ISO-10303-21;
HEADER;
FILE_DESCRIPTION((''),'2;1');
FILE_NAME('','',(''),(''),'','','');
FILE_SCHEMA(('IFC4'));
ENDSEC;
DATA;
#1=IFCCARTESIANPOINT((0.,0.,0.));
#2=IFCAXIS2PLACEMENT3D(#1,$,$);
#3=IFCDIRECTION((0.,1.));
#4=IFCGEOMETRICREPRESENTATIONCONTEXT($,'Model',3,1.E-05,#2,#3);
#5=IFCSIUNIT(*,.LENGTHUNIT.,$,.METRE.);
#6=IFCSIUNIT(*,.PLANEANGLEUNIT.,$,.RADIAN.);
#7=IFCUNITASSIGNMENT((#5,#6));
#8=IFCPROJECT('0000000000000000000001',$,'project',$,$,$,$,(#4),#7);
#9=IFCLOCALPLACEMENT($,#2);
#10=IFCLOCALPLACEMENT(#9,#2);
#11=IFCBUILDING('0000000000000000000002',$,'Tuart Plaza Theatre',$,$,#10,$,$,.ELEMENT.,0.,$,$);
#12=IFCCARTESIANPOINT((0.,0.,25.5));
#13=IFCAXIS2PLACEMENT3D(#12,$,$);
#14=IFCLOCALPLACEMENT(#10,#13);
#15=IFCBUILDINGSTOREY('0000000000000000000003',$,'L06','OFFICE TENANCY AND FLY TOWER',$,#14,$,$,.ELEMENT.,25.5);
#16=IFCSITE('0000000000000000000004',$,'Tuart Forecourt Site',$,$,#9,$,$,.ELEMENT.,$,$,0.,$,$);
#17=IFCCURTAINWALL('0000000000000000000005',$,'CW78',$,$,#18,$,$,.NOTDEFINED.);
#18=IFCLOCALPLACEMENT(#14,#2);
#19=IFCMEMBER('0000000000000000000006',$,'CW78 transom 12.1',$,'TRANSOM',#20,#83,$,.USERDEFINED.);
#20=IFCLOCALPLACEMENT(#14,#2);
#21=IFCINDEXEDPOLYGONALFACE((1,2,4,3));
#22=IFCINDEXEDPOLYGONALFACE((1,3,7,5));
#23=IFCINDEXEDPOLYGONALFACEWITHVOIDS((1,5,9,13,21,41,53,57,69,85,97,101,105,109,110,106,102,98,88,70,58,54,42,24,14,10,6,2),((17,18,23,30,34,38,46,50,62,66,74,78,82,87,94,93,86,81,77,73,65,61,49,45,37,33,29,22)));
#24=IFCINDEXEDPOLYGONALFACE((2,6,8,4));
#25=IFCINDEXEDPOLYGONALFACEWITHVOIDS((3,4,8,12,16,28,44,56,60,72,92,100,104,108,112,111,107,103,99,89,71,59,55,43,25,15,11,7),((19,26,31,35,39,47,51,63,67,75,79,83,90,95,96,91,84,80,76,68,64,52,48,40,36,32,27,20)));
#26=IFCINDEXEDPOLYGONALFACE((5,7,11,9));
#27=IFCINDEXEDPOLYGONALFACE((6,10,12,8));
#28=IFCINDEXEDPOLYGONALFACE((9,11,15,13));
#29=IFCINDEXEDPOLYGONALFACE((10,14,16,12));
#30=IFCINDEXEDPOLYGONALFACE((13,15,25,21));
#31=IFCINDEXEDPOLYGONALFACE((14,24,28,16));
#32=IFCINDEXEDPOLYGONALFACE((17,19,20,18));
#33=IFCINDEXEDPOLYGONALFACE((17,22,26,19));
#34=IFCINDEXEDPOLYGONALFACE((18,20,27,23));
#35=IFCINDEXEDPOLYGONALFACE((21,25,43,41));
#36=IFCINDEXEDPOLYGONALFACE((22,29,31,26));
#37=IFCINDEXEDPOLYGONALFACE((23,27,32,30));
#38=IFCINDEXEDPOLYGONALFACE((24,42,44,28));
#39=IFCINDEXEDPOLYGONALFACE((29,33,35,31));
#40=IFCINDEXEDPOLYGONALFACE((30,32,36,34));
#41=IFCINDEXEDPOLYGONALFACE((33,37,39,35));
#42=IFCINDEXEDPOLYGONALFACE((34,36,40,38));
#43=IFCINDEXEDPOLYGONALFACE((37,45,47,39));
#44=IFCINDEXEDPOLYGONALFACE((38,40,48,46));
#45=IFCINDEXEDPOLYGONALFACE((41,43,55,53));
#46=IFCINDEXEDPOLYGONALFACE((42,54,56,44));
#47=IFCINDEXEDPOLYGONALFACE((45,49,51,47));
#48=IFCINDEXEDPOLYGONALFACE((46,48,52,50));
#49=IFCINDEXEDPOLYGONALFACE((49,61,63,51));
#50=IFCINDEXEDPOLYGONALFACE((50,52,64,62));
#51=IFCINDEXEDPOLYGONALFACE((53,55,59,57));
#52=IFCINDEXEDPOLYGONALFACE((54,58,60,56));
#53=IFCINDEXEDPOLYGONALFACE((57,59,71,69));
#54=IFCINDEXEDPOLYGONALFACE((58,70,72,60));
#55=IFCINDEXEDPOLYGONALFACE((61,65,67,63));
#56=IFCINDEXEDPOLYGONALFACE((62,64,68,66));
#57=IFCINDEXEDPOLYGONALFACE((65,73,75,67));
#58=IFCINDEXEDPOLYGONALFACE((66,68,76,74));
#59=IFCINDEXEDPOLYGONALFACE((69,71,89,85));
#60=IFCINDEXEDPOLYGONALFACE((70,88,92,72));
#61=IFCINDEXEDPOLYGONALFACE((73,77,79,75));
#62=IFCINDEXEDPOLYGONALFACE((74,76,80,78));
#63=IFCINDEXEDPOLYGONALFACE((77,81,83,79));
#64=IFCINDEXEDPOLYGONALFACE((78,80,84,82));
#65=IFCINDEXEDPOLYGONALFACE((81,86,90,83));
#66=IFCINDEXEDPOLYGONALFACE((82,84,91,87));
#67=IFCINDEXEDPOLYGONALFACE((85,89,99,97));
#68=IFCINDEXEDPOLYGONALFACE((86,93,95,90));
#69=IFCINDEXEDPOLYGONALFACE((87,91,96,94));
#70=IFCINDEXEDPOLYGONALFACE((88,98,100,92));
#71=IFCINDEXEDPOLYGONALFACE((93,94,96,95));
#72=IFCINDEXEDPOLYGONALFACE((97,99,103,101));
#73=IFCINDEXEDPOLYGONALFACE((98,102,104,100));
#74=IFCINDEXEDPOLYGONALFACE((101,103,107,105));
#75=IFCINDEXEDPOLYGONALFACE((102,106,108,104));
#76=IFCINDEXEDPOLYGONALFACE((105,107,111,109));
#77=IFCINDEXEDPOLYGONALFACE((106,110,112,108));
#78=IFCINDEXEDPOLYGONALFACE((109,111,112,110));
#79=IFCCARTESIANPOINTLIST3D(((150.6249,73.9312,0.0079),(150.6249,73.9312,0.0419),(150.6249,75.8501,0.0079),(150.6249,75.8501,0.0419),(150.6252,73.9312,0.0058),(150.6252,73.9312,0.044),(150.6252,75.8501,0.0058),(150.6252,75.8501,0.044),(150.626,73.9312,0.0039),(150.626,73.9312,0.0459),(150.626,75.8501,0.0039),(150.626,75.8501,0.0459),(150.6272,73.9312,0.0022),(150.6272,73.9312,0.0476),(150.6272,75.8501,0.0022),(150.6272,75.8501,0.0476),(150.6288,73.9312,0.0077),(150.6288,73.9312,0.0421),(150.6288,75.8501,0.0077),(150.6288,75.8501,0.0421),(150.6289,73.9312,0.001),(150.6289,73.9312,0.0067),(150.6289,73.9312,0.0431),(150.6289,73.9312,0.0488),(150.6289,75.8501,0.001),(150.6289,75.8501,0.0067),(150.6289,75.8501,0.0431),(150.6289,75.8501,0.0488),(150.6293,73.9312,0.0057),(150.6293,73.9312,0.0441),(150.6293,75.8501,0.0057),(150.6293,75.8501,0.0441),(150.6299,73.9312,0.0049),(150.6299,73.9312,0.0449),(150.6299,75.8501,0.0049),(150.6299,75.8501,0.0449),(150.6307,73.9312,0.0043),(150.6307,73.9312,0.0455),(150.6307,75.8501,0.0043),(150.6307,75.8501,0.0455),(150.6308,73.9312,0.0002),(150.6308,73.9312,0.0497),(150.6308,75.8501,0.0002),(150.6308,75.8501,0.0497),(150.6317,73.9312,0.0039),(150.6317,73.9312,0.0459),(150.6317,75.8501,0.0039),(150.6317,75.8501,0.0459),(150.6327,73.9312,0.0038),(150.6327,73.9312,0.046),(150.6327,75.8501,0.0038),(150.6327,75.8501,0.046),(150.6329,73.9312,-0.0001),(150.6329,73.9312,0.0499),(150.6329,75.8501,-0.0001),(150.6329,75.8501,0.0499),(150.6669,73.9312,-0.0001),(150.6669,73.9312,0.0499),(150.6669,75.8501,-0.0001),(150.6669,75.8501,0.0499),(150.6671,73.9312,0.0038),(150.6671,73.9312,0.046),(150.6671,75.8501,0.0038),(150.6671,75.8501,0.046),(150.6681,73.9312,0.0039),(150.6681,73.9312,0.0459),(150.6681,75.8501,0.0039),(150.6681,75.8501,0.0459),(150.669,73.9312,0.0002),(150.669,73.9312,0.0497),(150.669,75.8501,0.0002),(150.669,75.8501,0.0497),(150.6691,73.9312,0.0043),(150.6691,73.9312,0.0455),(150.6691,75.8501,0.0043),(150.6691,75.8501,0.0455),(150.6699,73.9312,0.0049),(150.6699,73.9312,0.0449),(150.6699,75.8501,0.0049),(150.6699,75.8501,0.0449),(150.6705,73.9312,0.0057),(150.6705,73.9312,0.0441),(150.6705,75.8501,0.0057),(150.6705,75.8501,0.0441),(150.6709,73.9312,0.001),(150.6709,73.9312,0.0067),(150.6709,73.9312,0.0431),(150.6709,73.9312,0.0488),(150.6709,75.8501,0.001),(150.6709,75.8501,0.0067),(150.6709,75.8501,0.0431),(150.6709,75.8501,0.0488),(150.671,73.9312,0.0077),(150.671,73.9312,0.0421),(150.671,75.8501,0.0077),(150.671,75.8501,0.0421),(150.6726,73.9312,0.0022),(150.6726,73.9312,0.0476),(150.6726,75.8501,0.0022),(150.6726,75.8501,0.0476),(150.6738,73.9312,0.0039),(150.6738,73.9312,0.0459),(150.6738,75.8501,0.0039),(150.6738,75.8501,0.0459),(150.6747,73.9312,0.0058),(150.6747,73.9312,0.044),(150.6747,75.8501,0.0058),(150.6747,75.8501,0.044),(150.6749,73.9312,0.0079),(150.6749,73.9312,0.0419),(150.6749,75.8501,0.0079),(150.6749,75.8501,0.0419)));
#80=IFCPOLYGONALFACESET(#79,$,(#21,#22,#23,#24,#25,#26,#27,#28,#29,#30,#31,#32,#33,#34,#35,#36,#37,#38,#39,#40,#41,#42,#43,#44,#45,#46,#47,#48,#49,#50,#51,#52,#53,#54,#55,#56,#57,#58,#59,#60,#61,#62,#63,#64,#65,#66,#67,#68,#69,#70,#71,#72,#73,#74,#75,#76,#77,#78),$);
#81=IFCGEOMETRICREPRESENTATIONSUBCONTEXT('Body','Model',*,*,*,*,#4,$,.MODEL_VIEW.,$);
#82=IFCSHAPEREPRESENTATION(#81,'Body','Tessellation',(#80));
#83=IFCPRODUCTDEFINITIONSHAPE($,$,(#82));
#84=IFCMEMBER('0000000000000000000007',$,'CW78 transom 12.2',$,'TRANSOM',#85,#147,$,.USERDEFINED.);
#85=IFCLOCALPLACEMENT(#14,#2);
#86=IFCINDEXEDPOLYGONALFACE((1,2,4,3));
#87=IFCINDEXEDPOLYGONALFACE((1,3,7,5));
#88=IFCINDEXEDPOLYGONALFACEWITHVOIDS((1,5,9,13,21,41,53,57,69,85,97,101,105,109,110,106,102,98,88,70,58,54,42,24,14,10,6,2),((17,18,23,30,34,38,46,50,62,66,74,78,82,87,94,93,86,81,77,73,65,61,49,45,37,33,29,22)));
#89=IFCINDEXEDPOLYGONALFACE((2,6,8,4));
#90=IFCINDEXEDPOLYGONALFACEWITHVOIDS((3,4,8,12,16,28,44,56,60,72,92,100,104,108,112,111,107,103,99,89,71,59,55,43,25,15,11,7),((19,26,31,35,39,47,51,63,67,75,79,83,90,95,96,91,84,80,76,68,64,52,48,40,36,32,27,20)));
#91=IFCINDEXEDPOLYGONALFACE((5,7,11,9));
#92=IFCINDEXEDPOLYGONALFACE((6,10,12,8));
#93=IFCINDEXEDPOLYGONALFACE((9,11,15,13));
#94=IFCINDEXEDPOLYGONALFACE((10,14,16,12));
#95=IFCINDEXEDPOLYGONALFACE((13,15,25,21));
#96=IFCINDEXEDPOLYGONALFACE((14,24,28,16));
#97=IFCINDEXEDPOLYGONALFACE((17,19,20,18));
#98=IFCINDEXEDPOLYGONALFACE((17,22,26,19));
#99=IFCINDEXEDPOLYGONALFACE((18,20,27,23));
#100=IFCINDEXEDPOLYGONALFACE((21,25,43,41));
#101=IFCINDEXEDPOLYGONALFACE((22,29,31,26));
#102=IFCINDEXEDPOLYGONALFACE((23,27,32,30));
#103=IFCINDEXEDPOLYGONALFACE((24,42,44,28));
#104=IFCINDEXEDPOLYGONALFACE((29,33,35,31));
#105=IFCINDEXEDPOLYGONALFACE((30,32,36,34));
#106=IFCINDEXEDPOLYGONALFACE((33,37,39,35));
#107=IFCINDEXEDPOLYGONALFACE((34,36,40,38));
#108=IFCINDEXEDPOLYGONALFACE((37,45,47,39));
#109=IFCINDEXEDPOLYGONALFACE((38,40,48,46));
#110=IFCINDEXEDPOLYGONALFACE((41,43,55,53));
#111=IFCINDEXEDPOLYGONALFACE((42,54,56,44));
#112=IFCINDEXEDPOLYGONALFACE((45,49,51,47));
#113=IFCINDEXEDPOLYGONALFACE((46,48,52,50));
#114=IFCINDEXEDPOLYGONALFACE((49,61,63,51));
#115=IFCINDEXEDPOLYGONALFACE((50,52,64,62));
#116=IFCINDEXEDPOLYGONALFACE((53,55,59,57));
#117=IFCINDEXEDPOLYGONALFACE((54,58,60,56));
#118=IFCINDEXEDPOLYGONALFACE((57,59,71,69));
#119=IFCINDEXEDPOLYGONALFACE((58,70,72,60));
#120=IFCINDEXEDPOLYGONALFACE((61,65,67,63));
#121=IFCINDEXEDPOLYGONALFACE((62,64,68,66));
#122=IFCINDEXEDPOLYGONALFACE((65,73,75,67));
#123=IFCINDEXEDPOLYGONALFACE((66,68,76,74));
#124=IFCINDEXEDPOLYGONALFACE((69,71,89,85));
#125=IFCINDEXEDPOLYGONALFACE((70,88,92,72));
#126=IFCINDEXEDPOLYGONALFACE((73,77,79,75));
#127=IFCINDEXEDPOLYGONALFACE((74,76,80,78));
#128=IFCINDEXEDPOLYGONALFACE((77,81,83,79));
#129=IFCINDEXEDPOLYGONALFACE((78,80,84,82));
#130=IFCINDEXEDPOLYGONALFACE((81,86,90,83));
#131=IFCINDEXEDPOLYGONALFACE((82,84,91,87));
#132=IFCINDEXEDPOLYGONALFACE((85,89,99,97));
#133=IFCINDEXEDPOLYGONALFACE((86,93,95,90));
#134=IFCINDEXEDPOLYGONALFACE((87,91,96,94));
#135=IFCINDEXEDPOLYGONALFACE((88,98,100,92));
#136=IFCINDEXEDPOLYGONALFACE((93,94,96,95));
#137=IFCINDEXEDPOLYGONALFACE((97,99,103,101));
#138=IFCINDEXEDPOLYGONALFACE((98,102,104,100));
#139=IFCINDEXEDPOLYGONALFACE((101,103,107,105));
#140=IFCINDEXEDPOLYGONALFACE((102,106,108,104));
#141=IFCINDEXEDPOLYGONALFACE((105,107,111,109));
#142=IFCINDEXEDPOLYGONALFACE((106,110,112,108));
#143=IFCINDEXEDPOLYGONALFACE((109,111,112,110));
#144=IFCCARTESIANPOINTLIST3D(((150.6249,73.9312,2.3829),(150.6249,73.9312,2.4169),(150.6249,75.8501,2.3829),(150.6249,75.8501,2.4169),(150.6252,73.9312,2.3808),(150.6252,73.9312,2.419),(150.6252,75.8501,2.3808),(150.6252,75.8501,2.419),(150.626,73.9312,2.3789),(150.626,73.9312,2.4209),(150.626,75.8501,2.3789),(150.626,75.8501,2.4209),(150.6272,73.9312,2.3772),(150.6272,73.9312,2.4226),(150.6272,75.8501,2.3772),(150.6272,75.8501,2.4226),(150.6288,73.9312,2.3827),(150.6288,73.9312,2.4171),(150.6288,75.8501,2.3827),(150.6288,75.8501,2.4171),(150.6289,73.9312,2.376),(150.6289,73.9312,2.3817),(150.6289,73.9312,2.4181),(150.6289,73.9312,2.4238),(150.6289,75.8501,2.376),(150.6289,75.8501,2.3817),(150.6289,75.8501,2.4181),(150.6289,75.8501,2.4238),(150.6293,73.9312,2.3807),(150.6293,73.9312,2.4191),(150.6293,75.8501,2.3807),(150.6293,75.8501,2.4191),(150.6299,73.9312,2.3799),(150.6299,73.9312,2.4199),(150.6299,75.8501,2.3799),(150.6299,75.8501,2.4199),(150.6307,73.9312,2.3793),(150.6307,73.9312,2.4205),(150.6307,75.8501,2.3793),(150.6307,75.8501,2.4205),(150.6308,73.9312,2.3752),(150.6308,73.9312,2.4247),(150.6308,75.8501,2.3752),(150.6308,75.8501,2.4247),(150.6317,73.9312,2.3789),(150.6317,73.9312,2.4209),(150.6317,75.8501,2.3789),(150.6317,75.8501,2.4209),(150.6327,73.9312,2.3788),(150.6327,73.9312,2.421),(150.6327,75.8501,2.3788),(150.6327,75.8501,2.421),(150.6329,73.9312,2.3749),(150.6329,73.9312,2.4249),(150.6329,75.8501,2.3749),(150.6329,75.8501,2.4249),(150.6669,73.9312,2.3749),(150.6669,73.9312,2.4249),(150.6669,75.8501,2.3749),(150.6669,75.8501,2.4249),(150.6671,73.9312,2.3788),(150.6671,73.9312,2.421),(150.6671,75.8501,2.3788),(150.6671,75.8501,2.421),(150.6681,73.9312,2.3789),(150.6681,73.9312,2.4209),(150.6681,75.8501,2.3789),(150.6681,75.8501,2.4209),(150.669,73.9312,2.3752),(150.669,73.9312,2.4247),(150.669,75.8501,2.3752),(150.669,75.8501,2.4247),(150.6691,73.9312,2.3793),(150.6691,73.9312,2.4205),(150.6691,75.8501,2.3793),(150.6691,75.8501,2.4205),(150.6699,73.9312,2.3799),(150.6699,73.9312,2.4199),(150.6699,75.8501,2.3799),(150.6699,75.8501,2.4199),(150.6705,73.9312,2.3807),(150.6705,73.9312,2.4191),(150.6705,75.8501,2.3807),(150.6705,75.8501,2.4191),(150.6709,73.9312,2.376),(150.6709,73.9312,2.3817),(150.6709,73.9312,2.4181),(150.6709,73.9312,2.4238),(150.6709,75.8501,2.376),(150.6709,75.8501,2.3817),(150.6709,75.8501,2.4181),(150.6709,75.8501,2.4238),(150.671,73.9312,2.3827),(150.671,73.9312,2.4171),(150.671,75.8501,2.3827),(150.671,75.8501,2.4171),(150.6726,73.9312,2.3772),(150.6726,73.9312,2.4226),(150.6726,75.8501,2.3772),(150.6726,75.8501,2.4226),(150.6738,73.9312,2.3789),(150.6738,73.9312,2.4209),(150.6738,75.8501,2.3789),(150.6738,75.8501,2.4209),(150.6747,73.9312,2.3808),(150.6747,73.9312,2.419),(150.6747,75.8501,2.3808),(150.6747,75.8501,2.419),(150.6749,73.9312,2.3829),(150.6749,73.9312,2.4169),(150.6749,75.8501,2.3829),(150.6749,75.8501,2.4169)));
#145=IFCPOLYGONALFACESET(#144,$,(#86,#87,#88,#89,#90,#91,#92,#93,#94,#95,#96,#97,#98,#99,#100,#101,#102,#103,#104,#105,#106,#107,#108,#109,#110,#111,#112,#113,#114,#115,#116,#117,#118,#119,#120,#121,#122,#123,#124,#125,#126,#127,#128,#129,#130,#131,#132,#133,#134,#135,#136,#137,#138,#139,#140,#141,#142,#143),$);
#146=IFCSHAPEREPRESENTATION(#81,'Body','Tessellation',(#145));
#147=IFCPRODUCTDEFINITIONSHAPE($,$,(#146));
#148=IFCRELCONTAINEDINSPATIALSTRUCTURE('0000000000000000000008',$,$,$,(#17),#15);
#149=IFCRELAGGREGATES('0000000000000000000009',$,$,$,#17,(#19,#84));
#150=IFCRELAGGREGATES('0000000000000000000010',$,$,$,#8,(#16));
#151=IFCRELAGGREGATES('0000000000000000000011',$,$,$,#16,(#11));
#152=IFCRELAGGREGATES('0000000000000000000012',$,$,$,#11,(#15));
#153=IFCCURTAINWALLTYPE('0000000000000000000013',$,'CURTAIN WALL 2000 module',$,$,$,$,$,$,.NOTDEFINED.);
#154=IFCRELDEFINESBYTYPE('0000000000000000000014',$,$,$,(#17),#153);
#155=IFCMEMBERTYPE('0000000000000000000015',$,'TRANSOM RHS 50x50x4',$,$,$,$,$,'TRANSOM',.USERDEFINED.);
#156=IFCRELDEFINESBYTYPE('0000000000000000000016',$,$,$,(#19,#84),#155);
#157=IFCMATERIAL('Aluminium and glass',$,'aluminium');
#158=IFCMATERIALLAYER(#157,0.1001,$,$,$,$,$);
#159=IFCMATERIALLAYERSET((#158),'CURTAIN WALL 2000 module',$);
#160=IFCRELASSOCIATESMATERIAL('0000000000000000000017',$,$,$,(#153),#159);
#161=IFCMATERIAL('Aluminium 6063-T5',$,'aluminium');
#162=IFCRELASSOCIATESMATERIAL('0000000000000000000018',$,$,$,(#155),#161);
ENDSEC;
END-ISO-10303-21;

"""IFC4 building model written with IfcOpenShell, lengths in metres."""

from ifc_helpers import new_model, si_unit, direction, frame, origin, origin_2d, place, context, subcontext, project, spatial, hollow_rectangle, extrude, material, layer, layer_set, material_profile, profile_set, type_object, element, aggregate, save


model = new_model("IFC4")

# Units and contexts
model_context = context("Model", 3, precision=1e-05, world=origin(), true_north=direction((0.0, 1.0)))
body_context = subcontext(model_context, "Body", "Model", "MODEL_VIEW")
ifc_project = project(units=[si_unit("LENGTHUNIT", "METRE"), si_unit("PLANEANGLEUNIT", "RADIAN")], contexts=[model_context])

# Site, building, storey
site_placement = place(None, origin())
site = spatial("IfcSite", under=ifc_project, at=site_placement, Name="Tuart Forecourt Site", CompositionType="ELEMENT", RefElevation=0.0)
building_placement = place(site_placement, origin())
building = spatial("IfcBuilding", under=site, at=building_placement, Name="Tuart Plaza Theatre", CompositionType="ELEMENT", ElevationOfRefHeight=0.0)
storey_placement = place(building_placement, frame((0.0, 0.0, 25.5)))
storey = spatial("IfcBuildingStorey", under=building, at=storey_placement, Name="L06", Description="OFFICE TENANCY AND FLY TOWER", CompositionType="ELEMENT", Elevation=25.5)

# Curtain wall, members
ifc_material_1 = material(Name="Aluminium and glass", Category="aluminium")
ifc_layer_1 = layer(ifc_material_1, 0.1001)
ifc_layer_set_1 = layer_set([ifc_layer_1], Name="CURTAIN WALL 2000 module")
curtain_wall_type = type_object("IfcCurtainWallType", Name="CURTAIN WALL 2000 module", PredefinedType="NOTDEFINED", material=ifc_layer_set_1)
curtain_wall_placement = place(storey_placement, origin())
curtain_wall = element("IfcCurtainWall", 1, at=curtain_wall_placement, inside=storey, type_object=curtain_wall_type, Name="CW78", PredefinedType="NOTDEFINED")
ifc_material_2 = material(Name="Aluminium 6063-T5", Category="aluminium")
ifc_material_profile_1 = material_profile(ifc_material_2, hollow_rectangle(XDim=0.05, YDim=0.05, WallThickness=0.0039, InnerFilletRadius=0.0039, OuterFilletRadius=0.0081, at=origin_2d()), Name="RHS 50x50x4")
ifc_profile_set_1 = profile_set([ifc_material_profile_1], Name="Aluminium 6063-T5")
member_type_1 = type_object("IfcMemberType", Name="TRANSOM RHS 50x50x4", ElementType="TRANSOM", PredefinedType="USERDEFINED", material=ifc_profile_set_1)
member_1_placement = place(storey_placement, frame((150.6499, 73.9312, 0.0249), z_axis=(0.0, 1.0, 0.0), x_axis=(-1.0, 0.0, 0.0)))
member_1 = element("IfcMember", 2, at=member_1_placement, type_object=member_type_1, Name="CW78 transom 12.1", ObjectType="TRANSOM", PredefinedType="USERDEFINED", context=body_context, shape_type="SweptSolid", body=[
    extrude(hollow_rectangle(XDim=0.05, YDim=0.05, WallThickness=0.0039, InnerFilletRadius=0.0039, OuterFilletRadius=0.0081, at=origin_2d()), origin(), (0.0, 0.0, 1.0), 1.9189),
])
member_2_placement = place(storey_placement, frame((150.6499, 73.9312, 2.3999), z_axis=(0.0, 1.0, 0.0), x_axis=(-1.0, 0.0, 0.0)))
member_2 = element("IfcMember", 3, at=member_2_placement, type_object=member_type_1, Name="CW78 transom 12.2", ObjectType="TRANSOM", PredefinedType="USERDEFINED", context=body_context, shape_type="SweptSolid", body=[
    extrude(hollow_rectangle(XDim=0.05, YDim=0.05, WallThickness=0.0039, InnerFilletRadius=0.0039, OuterFilletRadius=0.0081, at=origin_2d()), origin(), (0.0, 0.0, 1.0), 1.9189),
])
aggregate(curtain_wall, [member_1, member_2])

save(model, "model.ifc")
